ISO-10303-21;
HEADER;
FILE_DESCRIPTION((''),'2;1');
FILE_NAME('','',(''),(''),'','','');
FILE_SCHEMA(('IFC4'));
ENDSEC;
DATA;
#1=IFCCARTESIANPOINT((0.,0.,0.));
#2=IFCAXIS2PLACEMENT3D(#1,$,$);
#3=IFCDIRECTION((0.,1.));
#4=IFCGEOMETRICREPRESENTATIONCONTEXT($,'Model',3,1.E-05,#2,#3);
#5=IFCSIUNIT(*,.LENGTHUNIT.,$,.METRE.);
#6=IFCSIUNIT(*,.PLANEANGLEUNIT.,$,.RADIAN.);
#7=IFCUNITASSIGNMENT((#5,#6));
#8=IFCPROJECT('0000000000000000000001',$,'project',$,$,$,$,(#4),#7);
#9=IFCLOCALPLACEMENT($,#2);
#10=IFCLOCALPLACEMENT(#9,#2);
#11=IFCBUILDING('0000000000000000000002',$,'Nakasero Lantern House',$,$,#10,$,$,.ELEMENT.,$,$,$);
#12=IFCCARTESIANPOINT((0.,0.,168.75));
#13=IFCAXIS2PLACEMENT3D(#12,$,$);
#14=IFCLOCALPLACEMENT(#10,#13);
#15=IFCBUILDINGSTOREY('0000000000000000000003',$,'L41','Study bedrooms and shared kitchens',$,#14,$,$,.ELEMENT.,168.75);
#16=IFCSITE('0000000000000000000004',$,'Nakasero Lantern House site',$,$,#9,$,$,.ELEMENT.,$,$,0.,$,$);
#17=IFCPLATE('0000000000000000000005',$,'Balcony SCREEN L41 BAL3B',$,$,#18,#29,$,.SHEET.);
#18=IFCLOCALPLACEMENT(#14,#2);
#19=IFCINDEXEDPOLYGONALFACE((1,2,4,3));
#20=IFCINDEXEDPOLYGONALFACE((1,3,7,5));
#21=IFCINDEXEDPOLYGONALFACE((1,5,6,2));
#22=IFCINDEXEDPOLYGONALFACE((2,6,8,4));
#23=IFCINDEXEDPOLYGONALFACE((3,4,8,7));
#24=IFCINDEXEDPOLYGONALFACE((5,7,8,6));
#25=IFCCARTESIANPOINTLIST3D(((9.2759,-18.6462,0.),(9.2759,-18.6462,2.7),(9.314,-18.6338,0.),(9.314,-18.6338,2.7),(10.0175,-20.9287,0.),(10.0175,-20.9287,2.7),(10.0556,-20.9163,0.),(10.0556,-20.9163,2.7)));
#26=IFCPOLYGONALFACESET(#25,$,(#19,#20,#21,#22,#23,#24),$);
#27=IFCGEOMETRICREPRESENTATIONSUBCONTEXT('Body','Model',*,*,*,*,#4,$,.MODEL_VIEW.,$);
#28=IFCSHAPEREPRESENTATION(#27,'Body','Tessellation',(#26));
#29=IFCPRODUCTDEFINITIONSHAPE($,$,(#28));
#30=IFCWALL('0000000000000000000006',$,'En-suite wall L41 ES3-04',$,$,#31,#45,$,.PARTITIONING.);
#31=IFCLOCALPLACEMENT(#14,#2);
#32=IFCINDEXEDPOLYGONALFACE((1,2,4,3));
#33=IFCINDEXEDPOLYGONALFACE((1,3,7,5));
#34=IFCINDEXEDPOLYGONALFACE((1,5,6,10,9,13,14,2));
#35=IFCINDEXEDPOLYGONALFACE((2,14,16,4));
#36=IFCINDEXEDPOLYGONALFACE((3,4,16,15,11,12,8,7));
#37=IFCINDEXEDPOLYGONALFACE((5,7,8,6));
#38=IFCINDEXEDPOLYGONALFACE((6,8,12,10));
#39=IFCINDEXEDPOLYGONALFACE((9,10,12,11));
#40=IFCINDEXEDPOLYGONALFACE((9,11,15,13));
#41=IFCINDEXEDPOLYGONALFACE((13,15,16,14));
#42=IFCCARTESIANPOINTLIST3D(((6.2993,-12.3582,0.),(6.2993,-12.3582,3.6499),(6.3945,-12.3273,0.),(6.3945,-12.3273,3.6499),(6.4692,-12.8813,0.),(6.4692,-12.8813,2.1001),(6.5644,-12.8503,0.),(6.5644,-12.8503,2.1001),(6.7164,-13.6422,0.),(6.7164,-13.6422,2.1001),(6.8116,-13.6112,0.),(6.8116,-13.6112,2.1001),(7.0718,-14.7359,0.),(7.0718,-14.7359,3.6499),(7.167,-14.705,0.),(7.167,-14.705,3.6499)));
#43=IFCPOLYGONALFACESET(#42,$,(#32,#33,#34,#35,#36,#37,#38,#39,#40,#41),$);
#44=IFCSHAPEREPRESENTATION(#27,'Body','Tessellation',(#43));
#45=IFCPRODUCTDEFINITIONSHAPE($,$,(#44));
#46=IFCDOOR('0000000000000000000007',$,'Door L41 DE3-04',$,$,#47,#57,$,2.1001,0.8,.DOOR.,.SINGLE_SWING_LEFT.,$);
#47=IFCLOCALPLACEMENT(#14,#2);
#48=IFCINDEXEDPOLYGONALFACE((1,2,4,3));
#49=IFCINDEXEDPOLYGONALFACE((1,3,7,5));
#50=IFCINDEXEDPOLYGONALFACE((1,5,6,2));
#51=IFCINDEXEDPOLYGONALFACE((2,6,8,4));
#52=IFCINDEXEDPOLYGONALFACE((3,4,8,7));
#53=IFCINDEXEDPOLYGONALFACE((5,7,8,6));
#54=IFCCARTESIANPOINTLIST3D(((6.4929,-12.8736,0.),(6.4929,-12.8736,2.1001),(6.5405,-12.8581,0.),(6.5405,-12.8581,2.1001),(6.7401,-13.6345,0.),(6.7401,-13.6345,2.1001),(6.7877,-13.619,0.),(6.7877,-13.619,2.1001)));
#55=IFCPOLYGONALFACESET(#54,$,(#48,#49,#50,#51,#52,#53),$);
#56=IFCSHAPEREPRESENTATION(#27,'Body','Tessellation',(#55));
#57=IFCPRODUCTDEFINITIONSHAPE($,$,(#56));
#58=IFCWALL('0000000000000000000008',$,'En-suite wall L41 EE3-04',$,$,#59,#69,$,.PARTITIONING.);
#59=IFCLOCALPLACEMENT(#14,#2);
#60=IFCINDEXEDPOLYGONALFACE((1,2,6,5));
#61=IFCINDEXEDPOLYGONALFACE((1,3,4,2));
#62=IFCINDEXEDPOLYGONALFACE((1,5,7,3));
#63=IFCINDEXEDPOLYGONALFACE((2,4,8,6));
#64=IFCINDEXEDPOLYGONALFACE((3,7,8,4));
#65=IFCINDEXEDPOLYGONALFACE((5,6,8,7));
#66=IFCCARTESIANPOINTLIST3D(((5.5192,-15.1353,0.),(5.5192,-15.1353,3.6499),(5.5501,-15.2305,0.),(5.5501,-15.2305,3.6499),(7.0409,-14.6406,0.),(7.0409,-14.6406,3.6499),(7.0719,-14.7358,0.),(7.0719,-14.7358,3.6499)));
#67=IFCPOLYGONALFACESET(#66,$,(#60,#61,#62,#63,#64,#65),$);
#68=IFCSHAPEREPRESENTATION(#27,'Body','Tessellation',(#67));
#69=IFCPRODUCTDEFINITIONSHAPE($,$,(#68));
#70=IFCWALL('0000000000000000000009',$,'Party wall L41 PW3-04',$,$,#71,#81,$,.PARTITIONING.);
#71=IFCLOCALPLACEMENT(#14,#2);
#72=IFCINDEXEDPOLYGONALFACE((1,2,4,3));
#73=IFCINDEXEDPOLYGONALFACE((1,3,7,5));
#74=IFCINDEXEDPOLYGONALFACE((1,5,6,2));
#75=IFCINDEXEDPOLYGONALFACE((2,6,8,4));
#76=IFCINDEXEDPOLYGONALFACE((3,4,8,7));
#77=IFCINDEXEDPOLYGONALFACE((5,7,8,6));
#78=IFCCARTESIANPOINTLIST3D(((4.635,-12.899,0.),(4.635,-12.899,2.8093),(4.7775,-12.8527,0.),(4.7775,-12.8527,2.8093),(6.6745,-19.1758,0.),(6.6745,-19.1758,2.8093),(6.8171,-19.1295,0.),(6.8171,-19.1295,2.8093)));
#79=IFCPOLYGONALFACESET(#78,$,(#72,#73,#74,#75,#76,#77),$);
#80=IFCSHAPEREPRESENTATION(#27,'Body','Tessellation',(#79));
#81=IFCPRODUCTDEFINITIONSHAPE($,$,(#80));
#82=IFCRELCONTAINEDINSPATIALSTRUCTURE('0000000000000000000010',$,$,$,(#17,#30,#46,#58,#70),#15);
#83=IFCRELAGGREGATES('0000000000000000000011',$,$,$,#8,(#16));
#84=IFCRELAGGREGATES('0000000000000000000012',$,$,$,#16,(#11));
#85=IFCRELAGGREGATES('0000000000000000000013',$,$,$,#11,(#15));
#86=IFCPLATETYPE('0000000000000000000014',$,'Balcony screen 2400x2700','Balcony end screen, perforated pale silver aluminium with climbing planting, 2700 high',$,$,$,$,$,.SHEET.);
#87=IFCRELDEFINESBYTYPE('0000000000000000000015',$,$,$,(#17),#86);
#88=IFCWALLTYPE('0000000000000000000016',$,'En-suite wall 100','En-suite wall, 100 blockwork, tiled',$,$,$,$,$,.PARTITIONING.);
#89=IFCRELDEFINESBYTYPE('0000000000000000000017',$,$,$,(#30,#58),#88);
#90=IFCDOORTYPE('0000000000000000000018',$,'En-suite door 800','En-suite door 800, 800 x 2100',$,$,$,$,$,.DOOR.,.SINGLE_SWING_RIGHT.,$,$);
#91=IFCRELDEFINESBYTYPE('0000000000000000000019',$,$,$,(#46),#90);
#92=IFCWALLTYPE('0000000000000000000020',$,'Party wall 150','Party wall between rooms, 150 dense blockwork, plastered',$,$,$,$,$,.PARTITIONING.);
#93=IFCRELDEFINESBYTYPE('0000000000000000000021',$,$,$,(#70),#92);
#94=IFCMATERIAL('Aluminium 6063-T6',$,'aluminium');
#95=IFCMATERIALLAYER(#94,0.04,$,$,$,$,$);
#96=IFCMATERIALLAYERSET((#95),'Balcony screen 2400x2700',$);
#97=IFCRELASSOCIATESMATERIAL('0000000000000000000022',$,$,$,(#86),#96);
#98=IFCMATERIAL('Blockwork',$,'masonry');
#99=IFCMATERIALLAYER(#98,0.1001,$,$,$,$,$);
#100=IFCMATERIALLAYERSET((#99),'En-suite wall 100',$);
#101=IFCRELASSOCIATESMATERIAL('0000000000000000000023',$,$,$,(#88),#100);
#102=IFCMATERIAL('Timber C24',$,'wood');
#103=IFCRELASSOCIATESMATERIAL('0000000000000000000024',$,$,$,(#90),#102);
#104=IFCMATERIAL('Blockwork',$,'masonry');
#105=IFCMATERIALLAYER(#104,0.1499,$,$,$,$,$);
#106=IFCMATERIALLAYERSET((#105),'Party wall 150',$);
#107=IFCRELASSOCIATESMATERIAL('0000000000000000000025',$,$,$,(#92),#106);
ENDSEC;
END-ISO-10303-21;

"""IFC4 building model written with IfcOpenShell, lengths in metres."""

from ifc_helpers import new_model, si_unit, direction, frame, frame_2d, origin, origin_2d, place, context, subcontext, project, spatial, rectangle, extrude, material, layer, layer_set, type_object, element, fill, save


model = new_model("IFC4")

# Units and contexts
model_context = context("Model", 3, precision=1e-05, world=origin(), true_north=direction((0.0, 1.0)))
body_context = subcontext(model_context, "Body", "Model", "MODEL_VIEW")
ifc_project = project(units=[si_unit("LENGTHUNIT", "METRE"), si_unit("PLANEANGLEUNIT", "RADIAN")], contexts=[model_context])

# Site, building, storey
site_placement = place(None, origin())
site = spatial("IfcSite", under=ifc_project, at=site_placement, Name="Nakasero Lantern House site", CompositionType="ELEMENT", RefElevation=0.0)
building_placement = place(site_placement, origin())
building = spatial("IfcBuilding", under=site, at=building_placement, Name="Nakasero Lantern House", CompositionType="ELEMENT")
storey_placement = place(building_placement, frame((0.0, 0.0, 168.75)))
storey = spatial("IfcBuildingStorey", under=building, at=storey_placement, Name="L41", Description="Study bedrooms and shared kitchens", CompositionType="ELEMENT", Elevation=168.75)

# Plate
ifc_material_1 = material(Name="Aluminium 6063-T6", Category="aluminium")
ifc_layer_1 = layer(ifc_material_1, 0.04)
ifc_layer_set_1 = layer_set([ifc_layer_1], Name="Balcony screen 2400x2700")
plate_type_1 = type_object("IfcPlateType", Name="Balcony screen 2400x2700", Description="Balcony end screen, perforated pale silver aluminium with climbing planting, 2700 high", PredefinedType="SHEET", material=ifc_layer_set_1)
for number, where, z_axis, x_axis, name in (
    (1, (9.6658, -19.7812, 0.0), (0.0, 0.0, 1.0), (0.309017, -0.951057, 0.0), "Balcony SCREEN L41 BAL3B"),
):
    element("IfcPlate", number, at=place(storey_placement, frame(where, z_axis=z_axis, x_axis=x_axis)), inside=storey, type_object=plate_type_1, Name=name, PredefinedType="SHEET", context=body_context, shape_type="SweptSolid", body=[
        extrude(rectangle(XDim=2.3999, YDim=0.04, at=origin_2d()), origin(), (0.0, 0.0, 1.0), 2.7),
    ])

# Wall, opening, door
ifc_material_2 = material(Name="Blockwork", Category="masonry")
ifc_layer_2 = layer(ifc_material_2, 0.1001)
ifc_layer_set_2 = layer_set([ifc_layer_2], Name="En-suite wall 100")
wall_type_1 = type_object("IfcWallType", Name="En-suite wall 100", Description="En-suite wall, 100 blockwork, tiled", PredefinedType="PARTITIONING", material=ifc_layer_set_2)
wall_1_placement = place(storey_placement, frame((6.3469, -12.3428, 0.0), z_axis=(0.0, 0.0, 1.0), x_axis=(0.308982, -0.951068, 0.0)))
wall_1 = element("IfcWall", 2, at=wall_1_placement, inside=storey, type_object=wall_type_1, Name="En-suite wall L41 ES3-04", PredefinedType="PARTITIONING", context=body_context, shape_type="SweptSolid", body=[
    extrude(rectangle(XDim=2.5, YDim=0.1001, at=frame_2d((1.25, 0.0))), origin(), (0.0, 0.0, 1.0), 3.6499),
])
opening_placement = place(wall_1_placement, frame((0.55, 0.0, 0.0)))
opening = element("IfcOpeningElement", 3, at=opening_placement, cuts=wall_1, PredefinedType="OPENING", context=body_context, shape_type="SweptSolid", body=[
    extrude(rectangle(XDim=0.8, YDim=2.1001, at=frame_2d((0.3999, 1.05))), frame((0.0, 0.0701, 0.0), z_axis=(0.0, -1.0, 0.0), x_axis=(1.0, 0.0, 0.0)), (0.0, 0.0, 1.0), 0.1401),
])
ifc_material_3 = material(Name="Timber C24", Category="wood")
door_type = type_object("IfcDoorType", Name="En-suite door 800", Description="En-suite door 800, 800 x 2100", OperationType="SINGLE_SWING_RIGHT", PredefinedType="DOOR", material=ifc_material_3)
door_placement = place(opening_placement, origin())
door = element("IfcDoor", 4, at=door_placement, inside=storey, type_object=door_type, Name="Door L41 DE3-04", OperationType="SINGLE_SWING_LEFT", OverallHeight=2.1001, OverallWidth=0.8, PredefinedType="DOOR", context=body_context, shape_type="SweptSolid", body=[
    extrude(rectangle(XDim=0.8, YDim=2.1001, at=frame_2d((0.3999, 1.05))), frame((0.0, 0.0249, 0.0), z_axis=(0.0, -1.0, 0.0), x_axis=(1.0, 0.0, 0.0)), (0.0, 0.0, 1.0), 0.05),
])
fill(opening, door)

# Walls
wall_2_placement = place(storey_placement, frame((5.5347, -15.1829, 0.0), z_axis=(0.0, 0.0, 1.0), x_axis=(0.951022, 0.309124, 0.0)))
element("IfcWall", 5, at=wall_2_placement, inside=storey, type_object=wall_type_1, Name="En-suite wall L41 EE3-04", PredefinedType="PARTITIONING", context=body_context, shape_type="SweptSolid", body=[
    extrude(rectangle(XDim=1.6001, YDim=0.1001, at=frame_2d((0.8, 0.0))), origin(), (0.0, 0.0, 1.0), 3.6499),
])
ifc_material_4 = material(Name="Blockwork", Category="masonry")
ifc_layer_3 = layer(ifc_material_4, 0.1499)
ifc_layer_set_3 = layer_set([ifc_layer_3], Name="Party wall 150")
wall_type_2 = type_object("IfcWallType", Name="Party wall 150", Description="Party wall between rooms, 150 dense blockwork, plastered", PredefinedType="PARTITIONING", material=ifc_layer_set_3)
wall_3_placement = place(storey_placement, frame((4.7063, -12.876, 0.0), z_axis=(0.0, 0.0, 1.0), x_axis=(0.309028, -0.951053, 0.0)))
element("IfcWall", 6, at=wall_3_placement, inside=storey, type_object=wall_type_2, Name="Party wall L41 PW3-04", PredefinedType="PARTITIONING", context=body_context, shape_type="SweptSolid", body=[
    extrude(rectangle(XDim=6.5999, YDim=0.1499, at=frame_2d((3.2998, 0.0))), origin(), (0.0, 0.0, 1.0), 2.8093),
])

save(model, "model.ifc")
